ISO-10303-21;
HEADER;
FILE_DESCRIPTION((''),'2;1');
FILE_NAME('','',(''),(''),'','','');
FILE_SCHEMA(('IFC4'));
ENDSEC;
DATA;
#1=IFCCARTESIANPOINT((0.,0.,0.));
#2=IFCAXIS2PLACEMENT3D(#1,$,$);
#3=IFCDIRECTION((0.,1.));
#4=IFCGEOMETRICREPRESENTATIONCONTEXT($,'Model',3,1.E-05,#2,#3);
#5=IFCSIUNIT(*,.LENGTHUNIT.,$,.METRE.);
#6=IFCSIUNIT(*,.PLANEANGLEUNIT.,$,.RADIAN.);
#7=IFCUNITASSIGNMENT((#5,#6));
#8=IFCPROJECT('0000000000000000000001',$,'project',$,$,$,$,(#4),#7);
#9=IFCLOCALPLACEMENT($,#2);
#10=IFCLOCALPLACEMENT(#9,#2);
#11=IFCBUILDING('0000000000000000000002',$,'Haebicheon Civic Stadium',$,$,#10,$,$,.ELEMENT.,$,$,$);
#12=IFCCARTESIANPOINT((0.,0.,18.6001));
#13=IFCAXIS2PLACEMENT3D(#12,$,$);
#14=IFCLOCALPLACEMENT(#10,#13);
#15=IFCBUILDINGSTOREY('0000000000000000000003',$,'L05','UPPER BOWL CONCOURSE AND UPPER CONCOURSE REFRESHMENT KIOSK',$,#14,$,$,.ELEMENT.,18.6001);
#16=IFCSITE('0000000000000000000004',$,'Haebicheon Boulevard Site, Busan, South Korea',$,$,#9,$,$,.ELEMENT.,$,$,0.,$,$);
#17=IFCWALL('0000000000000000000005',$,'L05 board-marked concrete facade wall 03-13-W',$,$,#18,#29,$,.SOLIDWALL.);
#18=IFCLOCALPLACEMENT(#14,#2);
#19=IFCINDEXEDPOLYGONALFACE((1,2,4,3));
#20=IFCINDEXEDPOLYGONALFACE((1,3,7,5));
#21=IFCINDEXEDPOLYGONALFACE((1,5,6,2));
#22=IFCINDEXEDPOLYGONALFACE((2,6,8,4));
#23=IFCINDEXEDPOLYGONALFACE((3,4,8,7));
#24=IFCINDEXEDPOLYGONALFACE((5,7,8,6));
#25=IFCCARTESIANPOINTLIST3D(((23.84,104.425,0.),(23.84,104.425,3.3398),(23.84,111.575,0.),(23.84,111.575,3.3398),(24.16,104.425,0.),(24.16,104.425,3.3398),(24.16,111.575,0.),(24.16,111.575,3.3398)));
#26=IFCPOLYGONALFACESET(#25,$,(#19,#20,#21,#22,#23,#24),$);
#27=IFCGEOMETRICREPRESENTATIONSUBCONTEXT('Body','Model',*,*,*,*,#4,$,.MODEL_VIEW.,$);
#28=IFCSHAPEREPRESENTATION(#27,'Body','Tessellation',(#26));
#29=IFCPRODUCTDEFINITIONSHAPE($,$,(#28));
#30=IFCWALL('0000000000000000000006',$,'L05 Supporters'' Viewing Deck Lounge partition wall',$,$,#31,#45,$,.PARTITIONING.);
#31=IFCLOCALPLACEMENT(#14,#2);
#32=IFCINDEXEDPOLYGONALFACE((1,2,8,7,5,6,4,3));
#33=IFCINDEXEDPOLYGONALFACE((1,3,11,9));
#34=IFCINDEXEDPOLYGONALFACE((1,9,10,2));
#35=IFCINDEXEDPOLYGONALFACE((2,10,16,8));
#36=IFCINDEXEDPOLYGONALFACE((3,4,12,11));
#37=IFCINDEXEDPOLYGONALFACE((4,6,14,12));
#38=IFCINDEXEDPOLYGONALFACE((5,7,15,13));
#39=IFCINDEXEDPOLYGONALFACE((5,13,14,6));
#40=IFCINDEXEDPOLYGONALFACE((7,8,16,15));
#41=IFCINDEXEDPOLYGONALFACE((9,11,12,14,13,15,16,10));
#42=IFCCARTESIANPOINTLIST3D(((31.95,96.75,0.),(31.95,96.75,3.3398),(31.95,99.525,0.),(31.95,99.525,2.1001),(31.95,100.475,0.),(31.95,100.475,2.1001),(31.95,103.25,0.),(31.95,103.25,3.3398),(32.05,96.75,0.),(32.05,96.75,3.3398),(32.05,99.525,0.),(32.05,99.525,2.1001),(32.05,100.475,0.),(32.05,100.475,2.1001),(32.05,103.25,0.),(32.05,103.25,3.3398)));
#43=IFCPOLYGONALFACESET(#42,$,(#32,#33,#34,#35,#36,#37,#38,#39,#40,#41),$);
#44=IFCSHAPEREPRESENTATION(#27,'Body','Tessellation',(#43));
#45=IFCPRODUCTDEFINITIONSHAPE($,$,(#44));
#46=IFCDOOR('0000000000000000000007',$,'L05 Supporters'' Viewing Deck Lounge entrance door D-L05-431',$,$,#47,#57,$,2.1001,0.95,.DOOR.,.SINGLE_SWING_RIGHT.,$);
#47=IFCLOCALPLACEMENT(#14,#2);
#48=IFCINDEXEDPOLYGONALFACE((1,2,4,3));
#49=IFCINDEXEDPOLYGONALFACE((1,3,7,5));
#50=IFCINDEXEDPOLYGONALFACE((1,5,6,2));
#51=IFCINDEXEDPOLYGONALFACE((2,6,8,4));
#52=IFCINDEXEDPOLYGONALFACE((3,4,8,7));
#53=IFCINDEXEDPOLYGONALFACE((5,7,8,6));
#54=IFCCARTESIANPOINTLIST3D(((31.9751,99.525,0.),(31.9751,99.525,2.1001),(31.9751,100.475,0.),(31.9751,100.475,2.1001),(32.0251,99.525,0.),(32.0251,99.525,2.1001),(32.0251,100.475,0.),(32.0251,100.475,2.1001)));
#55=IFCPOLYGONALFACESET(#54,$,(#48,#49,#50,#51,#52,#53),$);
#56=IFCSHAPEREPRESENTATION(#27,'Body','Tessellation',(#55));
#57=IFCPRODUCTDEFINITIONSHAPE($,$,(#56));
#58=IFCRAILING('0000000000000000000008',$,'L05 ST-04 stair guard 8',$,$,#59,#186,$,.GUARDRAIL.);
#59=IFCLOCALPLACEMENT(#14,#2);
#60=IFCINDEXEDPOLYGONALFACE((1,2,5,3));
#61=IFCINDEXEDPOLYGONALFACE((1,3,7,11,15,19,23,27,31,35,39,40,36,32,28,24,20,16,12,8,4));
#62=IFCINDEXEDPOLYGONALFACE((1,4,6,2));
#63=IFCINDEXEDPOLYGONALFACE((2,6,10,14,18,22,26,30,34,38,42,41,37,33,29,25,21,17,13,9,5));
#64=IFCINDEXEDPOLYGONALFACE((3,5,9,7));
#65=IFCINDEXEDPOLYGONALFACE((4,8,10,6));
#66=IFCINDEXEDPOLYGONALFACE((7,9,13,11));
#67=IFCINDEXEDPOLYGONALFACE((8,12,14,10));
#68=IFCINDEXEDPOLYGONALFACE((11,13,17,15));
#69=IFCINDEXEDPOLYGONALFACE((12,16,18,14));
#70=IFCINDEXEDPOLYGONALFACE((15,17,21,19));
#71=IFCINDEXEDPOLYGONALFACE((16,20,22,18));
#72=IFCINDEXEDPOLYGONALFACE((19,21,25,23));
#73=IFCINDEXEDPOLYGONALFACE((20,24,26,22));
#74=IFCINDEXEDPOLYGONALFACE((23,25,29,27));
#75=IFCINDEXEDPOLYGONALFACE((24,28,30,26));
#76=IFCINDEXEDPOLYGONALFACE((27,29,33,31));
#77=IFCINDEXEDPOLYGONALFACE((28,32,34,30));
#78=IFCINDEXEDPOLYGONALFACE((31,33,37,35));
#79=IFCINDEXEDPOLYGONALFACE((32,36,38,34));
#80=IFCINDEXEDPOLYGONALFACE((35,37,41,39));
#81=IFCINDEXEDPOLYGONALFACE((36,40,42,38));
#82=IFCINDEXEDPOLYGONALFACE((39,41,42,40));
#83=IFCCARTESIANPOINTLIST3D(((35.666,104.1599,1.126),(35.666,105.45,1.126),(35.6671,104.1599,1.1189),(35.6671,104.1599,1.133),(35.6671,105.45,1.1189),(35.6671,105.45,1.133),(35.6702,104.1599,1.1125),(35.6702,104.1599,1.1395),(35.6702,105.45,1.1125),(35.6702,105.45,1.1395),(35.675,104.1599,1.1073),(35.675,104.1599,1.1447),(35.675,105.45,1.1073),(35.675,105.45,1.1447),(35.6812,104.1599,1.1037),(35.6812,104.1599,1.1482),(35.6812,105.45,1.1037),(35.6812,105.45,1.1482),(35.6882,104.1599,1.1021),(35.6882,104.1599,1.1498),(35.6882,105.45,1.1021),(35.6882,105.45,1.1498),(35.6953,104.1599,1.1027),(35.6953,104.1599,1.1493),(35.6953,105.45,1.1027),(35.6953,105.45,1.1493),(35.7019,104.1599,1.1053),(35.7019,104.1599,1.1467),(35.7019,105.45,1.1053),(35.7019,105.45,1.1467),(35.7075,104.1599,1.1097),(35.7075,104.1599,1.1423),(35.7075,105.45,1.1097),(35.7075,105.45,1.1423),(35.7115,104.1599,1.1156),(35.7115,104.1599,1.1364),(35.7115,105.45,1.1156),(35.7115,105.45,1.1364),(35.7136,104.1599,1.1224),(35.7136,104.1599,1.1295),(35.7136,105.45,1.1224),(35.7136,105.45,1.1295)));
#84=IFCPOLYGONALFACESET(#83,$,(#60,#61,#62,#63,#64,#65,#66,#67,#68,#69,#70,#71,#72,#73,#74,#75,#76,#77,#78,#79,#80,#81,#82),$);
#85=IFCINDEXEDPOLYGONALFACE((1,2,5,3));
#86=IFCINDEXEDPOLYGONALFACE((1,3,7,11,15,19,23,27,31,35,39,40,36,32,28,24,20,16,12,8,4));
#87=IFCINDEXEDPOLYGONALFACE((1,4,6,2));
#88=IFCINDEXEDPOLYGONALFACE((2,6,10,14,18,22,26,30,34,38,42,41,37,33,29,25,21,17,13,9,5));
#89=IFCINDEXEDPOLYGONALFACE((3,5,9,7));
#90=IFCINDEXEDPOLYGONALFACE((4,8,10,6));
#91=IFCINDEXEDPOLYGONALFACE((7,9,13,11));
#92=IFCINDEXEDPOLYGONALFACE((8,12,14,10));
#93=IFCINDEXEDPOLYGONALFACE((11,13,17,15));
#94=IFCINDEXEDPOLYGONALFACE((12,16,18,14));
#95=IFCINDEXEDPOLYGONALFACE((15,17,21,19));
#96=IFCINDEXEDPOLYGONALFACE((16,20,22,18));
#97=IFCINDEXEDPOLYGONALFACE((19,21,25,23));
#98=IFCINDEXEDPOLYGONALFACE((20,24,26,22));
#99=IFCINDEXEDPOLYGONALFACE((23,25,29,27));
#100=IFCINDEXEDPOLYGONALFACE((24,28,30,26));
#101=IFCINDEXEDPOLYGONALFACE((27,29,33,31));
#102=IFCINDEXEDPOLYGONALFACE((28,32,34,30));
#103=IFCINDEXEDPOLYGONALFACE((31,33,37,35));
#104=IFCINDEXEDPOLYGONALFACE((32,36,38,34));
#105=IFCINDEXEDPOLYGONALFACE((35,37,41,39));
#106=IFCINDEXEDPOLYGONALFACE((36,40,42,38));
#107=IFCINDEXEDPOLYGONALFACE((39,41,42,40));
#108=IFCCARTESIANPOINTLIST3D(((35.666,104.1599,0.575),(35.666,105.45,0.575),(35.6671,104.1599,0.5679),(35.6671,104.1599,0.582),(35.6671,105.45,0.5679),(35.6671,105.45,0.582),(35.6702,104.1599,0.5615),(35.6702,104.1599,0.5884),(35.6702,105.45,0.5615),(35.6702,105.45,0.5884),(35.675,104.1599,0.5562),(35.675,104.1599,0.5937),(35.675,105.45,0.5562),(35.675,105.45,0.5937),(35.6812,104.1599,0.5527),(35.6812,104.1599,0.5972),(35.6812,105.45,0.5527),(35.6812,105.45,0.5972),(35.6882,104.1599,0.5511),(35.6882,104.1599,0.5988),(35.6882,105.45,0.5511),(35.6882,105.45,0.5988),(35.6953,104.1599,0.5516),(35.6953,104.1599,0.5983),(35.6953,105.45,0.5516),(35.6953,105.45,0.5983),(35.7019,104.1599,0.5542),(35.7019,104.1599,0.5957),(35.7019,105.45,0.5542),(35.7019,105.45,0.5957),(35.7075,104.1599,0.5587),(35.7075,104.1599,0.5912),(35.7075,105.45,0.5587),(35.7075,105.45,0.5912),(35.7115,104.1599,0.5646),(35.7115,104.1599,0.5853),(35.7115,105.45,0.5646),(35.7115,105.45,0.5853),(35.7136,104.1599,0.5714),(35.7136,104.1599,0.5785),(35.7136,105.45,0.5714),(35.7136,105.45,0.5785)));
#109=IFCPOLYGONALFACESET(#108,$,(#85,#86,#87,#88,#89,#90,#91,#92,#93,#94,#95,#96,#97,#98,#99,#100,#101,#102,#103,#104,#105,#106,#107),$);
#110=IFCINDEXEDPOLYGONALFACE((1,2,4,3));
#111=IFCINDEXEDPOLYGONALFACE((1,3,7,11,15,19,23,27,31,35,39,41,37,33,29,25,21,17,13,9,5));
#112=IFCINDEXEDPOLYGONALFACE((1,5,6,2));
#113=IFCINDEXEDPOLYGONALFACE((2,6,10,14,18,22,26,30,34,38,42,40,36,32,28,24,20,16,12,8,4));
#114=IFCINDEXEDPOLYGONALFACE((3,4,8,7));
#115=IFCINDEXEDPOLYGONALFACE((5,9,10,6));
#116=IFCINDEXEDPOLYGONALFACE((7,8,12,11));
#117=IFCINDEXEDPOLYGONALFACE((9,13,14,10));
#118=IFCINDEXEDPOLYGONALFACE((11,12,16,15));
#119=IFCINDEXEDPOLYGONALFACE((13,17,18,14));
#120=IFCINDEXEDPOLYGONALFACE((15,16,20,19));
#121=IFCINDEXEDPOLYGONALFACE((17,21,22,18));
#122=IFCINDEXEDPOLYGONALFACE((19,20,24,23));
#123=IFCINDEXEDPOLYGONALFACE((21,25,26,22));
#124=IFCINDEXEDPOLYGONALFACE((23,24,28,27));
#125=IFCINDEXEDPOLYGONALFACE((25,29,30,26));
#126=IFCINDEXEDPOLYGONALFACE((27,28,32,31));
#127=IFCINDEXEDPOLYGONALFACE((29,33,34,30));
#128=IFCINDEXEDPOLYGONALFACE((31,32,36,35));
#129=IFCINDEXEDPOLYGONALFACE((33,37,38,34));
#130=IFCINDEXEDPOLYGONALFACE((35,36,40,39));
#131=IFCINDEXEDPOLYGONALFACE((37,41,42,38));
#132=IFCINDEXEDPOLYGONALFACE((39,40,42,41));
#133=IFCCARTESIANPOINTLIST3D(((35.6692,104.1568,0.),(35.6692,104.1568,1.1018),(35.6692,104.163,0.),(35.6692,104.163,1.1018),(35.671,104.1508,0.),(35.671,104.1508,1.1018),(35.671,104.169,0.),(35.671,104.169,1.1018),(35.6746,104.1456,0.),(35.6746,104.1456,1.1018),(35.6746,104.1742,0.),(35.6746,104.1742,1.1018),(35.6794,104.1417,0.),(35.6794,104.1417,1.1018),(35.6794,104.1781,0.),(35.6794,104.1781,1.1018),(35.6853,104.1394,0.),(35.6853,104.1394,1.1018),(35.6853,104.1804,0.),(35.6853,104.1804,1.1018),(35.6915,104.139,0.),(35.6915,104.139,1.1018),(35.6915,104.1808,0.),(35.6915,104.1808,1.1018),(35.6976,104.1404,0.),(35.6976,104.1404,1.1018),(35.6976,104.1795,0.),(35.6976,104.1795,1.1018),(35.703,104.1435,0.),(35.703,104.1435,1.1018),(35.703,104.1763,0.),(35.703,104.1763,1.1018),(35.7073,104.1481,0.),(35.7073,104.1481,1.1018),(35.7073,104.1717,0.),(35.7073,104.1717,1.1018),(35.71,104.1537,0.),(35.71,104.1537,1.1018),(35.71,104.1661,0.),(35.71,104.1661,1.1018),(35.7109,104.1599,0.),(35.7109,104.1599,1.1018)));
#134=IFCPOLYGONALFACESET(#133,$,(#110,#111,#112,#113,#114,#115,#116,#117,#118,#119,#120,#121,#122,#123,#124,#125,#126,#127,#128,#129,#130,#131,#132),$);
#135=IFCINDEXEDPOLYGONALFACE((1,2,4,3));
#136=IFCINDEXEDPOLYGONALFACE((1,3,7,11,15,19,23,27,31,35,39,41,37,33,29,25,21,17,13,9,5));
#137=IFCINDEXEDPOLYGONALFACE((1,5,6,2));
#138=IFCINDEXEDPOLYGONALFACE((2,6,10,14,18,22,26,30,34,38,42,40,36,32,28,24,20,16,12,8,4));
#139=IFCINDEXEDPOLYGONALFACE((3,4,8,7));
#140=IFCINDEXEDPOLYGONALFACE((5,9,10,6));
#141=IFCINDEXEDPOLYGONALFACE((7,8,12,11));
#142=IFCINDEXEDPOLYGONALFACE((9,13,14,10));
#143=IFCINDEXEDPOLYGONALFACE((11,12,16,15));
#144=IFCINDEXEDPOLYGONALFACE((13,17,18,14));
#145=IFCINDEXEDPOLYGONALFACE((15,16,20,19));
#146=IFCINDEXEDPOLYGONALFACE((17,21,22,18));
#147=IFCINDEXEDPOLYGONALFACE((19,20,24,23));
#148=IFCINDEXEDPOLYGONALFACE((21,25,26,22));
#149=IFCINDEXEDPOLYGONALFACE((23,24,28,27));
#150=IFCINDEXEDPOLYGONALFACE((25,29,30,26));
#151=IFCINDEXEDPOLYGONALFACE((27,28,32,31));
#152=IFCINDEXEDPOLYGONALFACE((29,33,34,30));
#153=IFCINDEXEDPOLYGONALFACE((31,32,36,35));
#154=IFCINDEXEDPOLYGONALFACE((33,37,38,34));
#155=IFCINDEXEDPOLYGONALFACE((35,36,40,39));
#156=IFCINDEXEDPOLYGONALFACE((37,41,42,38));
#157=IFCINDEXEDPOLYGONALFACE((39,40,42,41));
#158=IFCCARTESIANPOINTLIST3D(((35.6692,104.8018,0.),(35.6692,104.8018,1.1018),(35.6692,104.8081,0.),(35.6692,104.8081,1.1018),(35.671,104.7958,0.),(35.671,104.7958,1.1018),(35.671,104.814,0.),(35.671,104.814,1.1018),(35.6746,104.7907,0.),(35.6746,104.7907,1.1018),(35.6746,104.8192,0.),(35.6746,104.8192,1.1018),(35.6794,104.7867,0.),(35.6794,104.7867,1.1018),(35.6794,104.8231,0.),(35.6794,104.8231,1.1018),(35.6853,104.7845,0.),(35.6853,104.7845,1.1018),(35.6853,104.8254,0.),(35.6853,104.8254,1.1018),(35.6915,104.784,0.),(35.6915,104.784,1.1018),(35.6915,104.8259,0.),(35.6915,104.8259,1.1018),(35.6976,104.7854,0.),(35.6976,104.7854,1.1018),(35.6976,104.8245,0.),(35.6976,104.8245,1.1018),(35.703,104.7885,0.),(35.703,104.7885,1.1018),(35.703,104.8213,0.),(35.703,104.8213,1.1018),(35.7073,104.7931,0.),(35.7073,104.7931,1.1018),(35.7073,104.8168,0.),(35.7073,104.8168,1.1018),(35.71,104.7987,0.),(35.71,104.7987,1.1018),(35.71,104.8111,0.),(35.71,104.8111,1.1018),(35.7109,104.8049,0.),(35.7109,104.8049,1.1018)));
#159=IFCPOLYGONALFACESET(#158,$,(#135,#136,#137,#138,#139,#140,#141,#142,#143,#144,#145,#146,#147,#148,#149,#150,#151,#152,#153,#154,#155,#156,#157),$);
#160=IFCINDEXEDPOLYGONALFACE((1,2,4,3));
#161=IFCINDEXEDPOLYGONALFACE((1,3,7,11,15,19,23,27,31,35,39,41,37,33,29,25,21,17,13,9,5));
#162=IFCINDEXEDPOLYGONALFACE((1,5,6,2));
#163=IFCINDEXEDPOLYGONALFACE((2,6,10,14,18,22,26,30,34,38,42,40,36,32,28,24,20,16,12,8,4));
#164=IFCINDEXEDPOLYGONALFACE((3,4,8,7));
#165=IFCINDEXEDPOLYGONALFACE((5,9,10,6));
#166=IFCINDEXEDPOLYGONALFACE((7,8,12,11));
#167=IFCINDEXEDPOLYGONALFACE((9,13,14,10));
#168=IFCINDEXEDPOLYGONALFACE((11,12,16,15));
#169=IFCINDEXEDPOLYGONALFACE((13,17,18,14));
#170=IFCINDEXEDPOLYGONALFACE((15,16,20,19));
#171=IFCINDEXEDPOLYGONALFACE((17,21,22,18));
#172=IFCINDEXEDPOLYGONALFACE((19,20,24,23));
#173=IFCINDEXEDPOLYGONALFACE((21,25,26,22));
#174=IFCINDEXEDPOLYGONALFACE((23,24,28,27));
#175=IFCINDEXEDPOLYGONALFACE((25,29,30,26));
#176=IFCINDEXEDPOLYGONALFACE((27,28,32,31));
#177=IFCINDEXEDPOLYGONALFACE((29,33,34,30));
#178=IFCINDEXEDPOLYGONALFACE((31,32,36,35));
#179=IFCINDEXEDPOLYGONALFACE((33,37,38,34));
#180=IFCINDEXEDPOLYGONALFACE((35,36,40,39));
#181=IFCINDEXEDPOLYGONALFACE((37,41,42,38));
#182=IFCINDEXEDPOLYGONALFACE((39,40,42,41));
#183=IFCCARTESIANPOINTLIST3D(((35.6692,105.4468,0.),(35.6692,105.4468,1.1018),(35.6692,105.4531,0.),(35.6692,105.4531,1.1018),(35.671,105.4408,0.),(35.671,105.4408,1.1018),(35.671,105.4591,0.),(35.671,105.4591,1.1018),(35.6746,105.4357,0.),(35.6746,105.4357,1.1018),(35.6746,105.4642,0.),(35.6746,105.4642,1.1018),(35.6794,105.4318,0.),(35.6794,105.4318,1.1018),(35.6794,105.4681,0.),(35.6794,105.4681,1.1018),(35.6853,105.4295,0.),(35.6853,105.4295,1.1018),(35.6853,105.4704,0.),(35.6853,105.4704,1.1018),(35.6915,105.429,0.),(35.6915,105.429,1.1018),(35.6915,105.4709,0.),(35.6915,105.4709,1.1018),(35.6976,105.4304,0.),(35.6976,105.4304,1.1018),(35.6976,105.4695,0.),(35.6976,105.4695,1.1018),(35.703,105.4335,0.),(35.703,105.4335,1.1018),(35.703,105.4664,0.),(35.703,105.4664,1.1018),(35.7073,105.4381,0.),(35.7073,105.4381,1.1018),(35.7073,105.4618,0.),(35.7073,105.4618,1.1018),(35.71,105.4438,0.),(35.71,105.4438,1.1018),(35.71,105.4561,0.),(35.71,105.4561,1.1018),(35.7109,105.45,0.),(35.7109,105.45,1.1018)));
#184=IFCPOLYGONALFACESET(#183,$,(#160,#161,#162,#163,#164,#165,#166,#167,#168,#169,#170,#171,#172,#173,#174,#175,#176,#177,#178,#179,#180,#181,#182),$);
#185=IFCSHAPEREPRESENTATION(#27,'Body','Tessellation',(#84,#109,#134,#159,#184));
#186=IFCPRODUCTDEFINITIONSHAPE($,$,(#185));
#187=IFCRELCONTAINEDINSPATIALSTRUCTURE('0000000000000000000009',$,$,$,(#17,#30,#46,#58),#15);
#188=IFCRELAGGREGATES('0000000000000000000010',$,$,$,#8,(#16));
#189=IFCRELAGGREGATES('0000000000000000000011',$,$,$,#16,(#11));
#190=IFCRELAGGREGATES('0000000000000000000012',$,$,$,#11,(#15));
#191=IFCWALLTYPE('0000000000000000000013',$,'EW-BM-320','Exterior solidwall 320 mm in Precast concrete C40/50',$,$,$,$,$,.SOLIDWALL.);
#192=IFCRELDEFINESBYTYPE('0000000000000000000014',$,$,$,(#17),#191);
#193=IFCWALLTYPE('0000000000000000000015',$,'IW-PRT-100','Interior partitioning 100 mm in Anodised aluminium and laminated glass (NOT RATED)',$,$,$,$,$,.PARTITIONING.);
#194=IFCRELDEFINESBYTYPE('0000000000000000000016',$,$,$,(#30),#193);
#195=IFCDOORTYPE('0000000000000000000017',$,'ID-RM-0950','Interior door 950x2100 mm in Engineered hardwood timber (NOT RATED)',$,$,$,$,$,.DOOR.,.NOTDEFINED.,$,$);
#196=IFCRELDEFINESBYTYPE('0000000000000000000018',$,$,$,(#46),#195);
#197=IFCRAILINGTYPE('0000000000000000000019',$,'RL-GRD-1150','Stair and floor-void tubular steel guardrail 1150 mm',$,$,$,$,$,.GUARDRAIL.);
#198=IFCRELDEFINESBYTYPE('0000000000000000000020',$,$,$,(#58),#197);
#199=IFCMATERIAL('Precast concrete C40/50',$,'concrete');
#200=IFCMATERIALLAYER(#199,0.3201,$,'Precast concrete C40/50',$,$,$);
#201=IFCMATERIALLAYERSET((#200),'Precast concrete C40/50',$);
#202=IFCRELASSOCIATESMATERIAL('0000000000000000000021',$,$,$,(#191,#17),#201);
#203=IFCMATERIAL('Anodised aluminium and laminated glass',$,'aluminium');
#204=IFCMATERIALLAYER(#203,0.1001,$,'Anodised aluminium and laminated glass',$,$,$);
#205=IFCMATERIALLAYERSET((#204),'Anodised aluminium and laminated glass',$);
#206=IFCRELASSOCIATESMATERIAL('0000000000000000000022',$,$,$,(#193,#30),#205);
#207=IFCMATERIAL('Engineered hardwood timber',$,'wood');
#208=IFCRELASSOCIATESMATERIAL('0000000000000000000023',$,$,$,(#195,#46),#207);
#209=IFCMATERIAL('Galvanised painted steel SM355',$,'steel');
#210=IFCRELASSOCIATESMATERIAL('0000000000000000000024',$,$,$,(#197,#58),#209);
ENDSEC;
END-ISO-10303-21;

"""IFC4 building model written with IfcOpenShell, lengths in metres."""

from ifc_helpers import new_model, si_unit, direction, frame, frame_2d, origin, origin_2d, place, context, subcontext, project, spatial, rectangle, circle, extrude, material, layer, layer_set, type_object, element, fill, save


model = new_model("IFC4")

# Units and contexts
model_context = context("Model", 3, precision=1e-05, world=origin(), true_north=direction((0.0, 1.0)))
body_context = subcontext(model_context, "Body", "Model", "MODEL_VIEW")
ifc_project = project(units=[si_unit("LENGTHUNIT", "METRE"), si_unit("PLANEANGLEUNIT", "RADIAN")], contexts=[model_context])

# Site, building, storey
site_placement = place(None, origin())
site = spatial("IfcSite", under=ifc_project, at=site_placement, Name="Haebicheon Boulevard Site, Busan, South Korea", CompositionType="ELEMENT", RefElevation=0.0)
building_placement = place(site_placement, origin())
building = spatial("IfcBuilding", under=site, at=building_placement, Name="Haebicheon Civic Stadium", CompositionType="ELEMENT")
storey_placement = place(building_placement, frame((0.0, 0.0, 18.6001)))
storey = spatial("IfcBuildingStorey", under=building, at=storey_placement, Name="L05", Description="UPPER BOWL CONCOURSE AND UPPER CONCOURSE REFRESHMENT KIOSK", CompositionType="ELEMENT", Elevation=18.6001)

# Wall
ifc_material_1 = material(Name="Precast concrete C40/50", Category="concrete")
ifc_layer_1 = layer(ifc_material_1, 0.3201, Name="Precast concrete C40/50")
ifc_layer_set_1 = layer_set([ifc_layer_1], Name="Precast concrete C40/50")
wall_type_1 = type_object("IfcWallType", Name="EW-BM-320", Description="Exterior solidwall 320 mm in Precast concrete C40/50", PredefinedType="SOLIDWALL", material=ifc_layer_set_1)
for number, where, z_axis, x_axis, name in (
    (1, (24.0, 104.425, 0.0), (0.0, 0.0, 1.0), (0.0, 1.0, 0.0), "L05 board-marked concrete facade wall 03-13-W"),
):
    element("IfcWall", number, at=place(storey_placement, frame(where, z_axis=z_axis, x_axis=x_axis)), inside=storey, type_object=wall_type_1, material=ifc_layer_set_1, Name=name, PredefinedType="SOLIDWALL", context=body_context, shape_type="SweptSolid", body=[
        extrude(rectangle(XDim=7.1499, YDim=0.3201, at=frame_2d((3.575, 0.0))), origin(), (0.0, 0.0, 1.0), 3.3398),
    ])

# Wall, opening, door
ifc_material_2 = material(Name="Anodised aluminium and laminated glass", Category="aluminium")
ifc_layer_2 = layer(ifc_material_2, 0.1001, Name="Anodised aluminium and laminated glass")
ifc_layer_set_2 = layer_set([ifc_layer_2], Name="Anodised aluminium and laminated glass")
wall_type_2 = type_object("IfcWallType", Name="IW-PRT-100", Description="Interior partitioning 100 mm in Anodised aluminium and laminated glass (NOT RATED)", PredefinedType="PARTITIONING", material=ifc_layer_set_2)
wall_1_placement = place(storey_placement, frame((32.0, 96.75, 0.0), z_axis=(0.0, 0.0, 1.0), x_axis=(0.0, 1.0, 0.0)))
wall_1 = element("IfcWall", 2, at=wall_1_placement, inside=storey, type_object=wall_type_2, material=ifc_layer_set_2, Name="L05 Supporters' Viewing Deck Lounge partition wall", PredefinedType="PARTITIONING", context=body_context, shape_type="SweptSolid", body=[
    extrude(rectangle(XDim=6.5, YDim=0.1001, at=frame_2d((3.25, 0.0))), origin(), (0.0, 0.0, 1.0), 3.3398),
])
opening_1_placement = place(wall_1_placement, frame((2.7749, 0.0, 0.0)))
opening_1 = element("IfcOpeningElement", 3, at=opening_1_placement, cuts=wall_1, PredefinedType="OPENING", context=body_context, shape_type="SweptSolid", body=[
    extrude(rectangle(XDim=0.95, YDim=2.1001, at=frame_2d((0.4751, 1.05))), frame((0.0, 0.0601, 0.0), z_axis=(0.0, -1.0, 0.0), x_axis=(1.0, 0.0, 0.0)), (0.0, 0.0, 1.0), 0.1201),
])
ifc_material_3 = material(Name="Engineered hardwood timber", Category="wood")
door_type_1 = type_object("IfcDoorType", Name="ID-RM-0950", Description="Interior door 950x2100 mm in Engineered hardwood timber (NOT RATED)", OperationType="NOTDEFINED", PredefinedType="DOOR", material=ifc_material_3)
door_1_placement = place(opening_1_placement, origin())
door_1 = element("IfcDoor", 4, at=door_1_placement, inside=storey, type_object=door_type_1, material=ifc_material_3, Name="L05 Supporters' Viewing Deck Lounge entrance door D-L05-431", OperationType="SINGLE_SWING_RIGHT", OverallHeight=2.1001, OverallWidth=0.95, PredefinedType="DOOR", context=body_context, shape_type="SweptSolid", body=[
    extrude(rectangle(XDim=0.95, YDim=2.1001, at=frame_2d((0.4751, 1.05))), frame((0.0, 0.0249, 0.0), z_axis=(0.0, -1.0, 0.0), x_axis=(1.0, 0.0, 0.0)), (0.0, 0.0, 1.0), 0.05),
])
fill(opening_1, door_1)

# Railing
ifc_material_4 = material(Name="Galvanised painted steel SM355", Category="steel")
railing_type = type_object("IfcRailingType", Name="RL-GRD-1150", Description="Stair and floor-void tubular steel guardrail 1150 mm", PredefinedType="GUARDRAIL", material=ifc_material_4)
for number, where, name in (
    (5, (35.6899, 104.1599, 0.0), "L05 ST-04 stair guard 8"),
):
    element("IfcRailing", number, at=place(storey_placement, frame(where)), inside=storey, type_object=railing_type, material=ifc_material_4, Name=name, PredefinedType="GUARDRAIL", context=body_context, shape_type="SweptSolid", body=[
        extrude(circle(Radius=0.0239, at=origin_2d()), frame((0.0, 0.0, 1.126), z_axis=(0.0, 1.0, 0.0), x_axis=(-1.0, 0.0, 0.0)), (0.0, 0.0, 1.0), 1.29),
        extrude(circle(Radius=0.0239, at=origin_2d()), frame((0.0, 0.0, 0.575), z_axis=(0.0, 1.0, 0.0), x_axis=(-1.0, 0.0, 0.0)), (0.0, 0.0, 1.0), 1.29),
        extrude(circle(Radius=0.021, at=origin_2d()), origin(), (0.0, 0.0, 1.0), 1.1018),
        extrude(circle(Radius=0.021, at=origin_2d()), frame((0.0, 0.645, 0.0)), (0.0, 0.0, 1.0), 1.1018),
        extrude(circle(Radius=0.021, at=origin_2d()), frame((0.0, 1.29, 0.0)), (0.0, 0.0, 1.0), 1.1018),
    ])

save(model, "model.ifc")
